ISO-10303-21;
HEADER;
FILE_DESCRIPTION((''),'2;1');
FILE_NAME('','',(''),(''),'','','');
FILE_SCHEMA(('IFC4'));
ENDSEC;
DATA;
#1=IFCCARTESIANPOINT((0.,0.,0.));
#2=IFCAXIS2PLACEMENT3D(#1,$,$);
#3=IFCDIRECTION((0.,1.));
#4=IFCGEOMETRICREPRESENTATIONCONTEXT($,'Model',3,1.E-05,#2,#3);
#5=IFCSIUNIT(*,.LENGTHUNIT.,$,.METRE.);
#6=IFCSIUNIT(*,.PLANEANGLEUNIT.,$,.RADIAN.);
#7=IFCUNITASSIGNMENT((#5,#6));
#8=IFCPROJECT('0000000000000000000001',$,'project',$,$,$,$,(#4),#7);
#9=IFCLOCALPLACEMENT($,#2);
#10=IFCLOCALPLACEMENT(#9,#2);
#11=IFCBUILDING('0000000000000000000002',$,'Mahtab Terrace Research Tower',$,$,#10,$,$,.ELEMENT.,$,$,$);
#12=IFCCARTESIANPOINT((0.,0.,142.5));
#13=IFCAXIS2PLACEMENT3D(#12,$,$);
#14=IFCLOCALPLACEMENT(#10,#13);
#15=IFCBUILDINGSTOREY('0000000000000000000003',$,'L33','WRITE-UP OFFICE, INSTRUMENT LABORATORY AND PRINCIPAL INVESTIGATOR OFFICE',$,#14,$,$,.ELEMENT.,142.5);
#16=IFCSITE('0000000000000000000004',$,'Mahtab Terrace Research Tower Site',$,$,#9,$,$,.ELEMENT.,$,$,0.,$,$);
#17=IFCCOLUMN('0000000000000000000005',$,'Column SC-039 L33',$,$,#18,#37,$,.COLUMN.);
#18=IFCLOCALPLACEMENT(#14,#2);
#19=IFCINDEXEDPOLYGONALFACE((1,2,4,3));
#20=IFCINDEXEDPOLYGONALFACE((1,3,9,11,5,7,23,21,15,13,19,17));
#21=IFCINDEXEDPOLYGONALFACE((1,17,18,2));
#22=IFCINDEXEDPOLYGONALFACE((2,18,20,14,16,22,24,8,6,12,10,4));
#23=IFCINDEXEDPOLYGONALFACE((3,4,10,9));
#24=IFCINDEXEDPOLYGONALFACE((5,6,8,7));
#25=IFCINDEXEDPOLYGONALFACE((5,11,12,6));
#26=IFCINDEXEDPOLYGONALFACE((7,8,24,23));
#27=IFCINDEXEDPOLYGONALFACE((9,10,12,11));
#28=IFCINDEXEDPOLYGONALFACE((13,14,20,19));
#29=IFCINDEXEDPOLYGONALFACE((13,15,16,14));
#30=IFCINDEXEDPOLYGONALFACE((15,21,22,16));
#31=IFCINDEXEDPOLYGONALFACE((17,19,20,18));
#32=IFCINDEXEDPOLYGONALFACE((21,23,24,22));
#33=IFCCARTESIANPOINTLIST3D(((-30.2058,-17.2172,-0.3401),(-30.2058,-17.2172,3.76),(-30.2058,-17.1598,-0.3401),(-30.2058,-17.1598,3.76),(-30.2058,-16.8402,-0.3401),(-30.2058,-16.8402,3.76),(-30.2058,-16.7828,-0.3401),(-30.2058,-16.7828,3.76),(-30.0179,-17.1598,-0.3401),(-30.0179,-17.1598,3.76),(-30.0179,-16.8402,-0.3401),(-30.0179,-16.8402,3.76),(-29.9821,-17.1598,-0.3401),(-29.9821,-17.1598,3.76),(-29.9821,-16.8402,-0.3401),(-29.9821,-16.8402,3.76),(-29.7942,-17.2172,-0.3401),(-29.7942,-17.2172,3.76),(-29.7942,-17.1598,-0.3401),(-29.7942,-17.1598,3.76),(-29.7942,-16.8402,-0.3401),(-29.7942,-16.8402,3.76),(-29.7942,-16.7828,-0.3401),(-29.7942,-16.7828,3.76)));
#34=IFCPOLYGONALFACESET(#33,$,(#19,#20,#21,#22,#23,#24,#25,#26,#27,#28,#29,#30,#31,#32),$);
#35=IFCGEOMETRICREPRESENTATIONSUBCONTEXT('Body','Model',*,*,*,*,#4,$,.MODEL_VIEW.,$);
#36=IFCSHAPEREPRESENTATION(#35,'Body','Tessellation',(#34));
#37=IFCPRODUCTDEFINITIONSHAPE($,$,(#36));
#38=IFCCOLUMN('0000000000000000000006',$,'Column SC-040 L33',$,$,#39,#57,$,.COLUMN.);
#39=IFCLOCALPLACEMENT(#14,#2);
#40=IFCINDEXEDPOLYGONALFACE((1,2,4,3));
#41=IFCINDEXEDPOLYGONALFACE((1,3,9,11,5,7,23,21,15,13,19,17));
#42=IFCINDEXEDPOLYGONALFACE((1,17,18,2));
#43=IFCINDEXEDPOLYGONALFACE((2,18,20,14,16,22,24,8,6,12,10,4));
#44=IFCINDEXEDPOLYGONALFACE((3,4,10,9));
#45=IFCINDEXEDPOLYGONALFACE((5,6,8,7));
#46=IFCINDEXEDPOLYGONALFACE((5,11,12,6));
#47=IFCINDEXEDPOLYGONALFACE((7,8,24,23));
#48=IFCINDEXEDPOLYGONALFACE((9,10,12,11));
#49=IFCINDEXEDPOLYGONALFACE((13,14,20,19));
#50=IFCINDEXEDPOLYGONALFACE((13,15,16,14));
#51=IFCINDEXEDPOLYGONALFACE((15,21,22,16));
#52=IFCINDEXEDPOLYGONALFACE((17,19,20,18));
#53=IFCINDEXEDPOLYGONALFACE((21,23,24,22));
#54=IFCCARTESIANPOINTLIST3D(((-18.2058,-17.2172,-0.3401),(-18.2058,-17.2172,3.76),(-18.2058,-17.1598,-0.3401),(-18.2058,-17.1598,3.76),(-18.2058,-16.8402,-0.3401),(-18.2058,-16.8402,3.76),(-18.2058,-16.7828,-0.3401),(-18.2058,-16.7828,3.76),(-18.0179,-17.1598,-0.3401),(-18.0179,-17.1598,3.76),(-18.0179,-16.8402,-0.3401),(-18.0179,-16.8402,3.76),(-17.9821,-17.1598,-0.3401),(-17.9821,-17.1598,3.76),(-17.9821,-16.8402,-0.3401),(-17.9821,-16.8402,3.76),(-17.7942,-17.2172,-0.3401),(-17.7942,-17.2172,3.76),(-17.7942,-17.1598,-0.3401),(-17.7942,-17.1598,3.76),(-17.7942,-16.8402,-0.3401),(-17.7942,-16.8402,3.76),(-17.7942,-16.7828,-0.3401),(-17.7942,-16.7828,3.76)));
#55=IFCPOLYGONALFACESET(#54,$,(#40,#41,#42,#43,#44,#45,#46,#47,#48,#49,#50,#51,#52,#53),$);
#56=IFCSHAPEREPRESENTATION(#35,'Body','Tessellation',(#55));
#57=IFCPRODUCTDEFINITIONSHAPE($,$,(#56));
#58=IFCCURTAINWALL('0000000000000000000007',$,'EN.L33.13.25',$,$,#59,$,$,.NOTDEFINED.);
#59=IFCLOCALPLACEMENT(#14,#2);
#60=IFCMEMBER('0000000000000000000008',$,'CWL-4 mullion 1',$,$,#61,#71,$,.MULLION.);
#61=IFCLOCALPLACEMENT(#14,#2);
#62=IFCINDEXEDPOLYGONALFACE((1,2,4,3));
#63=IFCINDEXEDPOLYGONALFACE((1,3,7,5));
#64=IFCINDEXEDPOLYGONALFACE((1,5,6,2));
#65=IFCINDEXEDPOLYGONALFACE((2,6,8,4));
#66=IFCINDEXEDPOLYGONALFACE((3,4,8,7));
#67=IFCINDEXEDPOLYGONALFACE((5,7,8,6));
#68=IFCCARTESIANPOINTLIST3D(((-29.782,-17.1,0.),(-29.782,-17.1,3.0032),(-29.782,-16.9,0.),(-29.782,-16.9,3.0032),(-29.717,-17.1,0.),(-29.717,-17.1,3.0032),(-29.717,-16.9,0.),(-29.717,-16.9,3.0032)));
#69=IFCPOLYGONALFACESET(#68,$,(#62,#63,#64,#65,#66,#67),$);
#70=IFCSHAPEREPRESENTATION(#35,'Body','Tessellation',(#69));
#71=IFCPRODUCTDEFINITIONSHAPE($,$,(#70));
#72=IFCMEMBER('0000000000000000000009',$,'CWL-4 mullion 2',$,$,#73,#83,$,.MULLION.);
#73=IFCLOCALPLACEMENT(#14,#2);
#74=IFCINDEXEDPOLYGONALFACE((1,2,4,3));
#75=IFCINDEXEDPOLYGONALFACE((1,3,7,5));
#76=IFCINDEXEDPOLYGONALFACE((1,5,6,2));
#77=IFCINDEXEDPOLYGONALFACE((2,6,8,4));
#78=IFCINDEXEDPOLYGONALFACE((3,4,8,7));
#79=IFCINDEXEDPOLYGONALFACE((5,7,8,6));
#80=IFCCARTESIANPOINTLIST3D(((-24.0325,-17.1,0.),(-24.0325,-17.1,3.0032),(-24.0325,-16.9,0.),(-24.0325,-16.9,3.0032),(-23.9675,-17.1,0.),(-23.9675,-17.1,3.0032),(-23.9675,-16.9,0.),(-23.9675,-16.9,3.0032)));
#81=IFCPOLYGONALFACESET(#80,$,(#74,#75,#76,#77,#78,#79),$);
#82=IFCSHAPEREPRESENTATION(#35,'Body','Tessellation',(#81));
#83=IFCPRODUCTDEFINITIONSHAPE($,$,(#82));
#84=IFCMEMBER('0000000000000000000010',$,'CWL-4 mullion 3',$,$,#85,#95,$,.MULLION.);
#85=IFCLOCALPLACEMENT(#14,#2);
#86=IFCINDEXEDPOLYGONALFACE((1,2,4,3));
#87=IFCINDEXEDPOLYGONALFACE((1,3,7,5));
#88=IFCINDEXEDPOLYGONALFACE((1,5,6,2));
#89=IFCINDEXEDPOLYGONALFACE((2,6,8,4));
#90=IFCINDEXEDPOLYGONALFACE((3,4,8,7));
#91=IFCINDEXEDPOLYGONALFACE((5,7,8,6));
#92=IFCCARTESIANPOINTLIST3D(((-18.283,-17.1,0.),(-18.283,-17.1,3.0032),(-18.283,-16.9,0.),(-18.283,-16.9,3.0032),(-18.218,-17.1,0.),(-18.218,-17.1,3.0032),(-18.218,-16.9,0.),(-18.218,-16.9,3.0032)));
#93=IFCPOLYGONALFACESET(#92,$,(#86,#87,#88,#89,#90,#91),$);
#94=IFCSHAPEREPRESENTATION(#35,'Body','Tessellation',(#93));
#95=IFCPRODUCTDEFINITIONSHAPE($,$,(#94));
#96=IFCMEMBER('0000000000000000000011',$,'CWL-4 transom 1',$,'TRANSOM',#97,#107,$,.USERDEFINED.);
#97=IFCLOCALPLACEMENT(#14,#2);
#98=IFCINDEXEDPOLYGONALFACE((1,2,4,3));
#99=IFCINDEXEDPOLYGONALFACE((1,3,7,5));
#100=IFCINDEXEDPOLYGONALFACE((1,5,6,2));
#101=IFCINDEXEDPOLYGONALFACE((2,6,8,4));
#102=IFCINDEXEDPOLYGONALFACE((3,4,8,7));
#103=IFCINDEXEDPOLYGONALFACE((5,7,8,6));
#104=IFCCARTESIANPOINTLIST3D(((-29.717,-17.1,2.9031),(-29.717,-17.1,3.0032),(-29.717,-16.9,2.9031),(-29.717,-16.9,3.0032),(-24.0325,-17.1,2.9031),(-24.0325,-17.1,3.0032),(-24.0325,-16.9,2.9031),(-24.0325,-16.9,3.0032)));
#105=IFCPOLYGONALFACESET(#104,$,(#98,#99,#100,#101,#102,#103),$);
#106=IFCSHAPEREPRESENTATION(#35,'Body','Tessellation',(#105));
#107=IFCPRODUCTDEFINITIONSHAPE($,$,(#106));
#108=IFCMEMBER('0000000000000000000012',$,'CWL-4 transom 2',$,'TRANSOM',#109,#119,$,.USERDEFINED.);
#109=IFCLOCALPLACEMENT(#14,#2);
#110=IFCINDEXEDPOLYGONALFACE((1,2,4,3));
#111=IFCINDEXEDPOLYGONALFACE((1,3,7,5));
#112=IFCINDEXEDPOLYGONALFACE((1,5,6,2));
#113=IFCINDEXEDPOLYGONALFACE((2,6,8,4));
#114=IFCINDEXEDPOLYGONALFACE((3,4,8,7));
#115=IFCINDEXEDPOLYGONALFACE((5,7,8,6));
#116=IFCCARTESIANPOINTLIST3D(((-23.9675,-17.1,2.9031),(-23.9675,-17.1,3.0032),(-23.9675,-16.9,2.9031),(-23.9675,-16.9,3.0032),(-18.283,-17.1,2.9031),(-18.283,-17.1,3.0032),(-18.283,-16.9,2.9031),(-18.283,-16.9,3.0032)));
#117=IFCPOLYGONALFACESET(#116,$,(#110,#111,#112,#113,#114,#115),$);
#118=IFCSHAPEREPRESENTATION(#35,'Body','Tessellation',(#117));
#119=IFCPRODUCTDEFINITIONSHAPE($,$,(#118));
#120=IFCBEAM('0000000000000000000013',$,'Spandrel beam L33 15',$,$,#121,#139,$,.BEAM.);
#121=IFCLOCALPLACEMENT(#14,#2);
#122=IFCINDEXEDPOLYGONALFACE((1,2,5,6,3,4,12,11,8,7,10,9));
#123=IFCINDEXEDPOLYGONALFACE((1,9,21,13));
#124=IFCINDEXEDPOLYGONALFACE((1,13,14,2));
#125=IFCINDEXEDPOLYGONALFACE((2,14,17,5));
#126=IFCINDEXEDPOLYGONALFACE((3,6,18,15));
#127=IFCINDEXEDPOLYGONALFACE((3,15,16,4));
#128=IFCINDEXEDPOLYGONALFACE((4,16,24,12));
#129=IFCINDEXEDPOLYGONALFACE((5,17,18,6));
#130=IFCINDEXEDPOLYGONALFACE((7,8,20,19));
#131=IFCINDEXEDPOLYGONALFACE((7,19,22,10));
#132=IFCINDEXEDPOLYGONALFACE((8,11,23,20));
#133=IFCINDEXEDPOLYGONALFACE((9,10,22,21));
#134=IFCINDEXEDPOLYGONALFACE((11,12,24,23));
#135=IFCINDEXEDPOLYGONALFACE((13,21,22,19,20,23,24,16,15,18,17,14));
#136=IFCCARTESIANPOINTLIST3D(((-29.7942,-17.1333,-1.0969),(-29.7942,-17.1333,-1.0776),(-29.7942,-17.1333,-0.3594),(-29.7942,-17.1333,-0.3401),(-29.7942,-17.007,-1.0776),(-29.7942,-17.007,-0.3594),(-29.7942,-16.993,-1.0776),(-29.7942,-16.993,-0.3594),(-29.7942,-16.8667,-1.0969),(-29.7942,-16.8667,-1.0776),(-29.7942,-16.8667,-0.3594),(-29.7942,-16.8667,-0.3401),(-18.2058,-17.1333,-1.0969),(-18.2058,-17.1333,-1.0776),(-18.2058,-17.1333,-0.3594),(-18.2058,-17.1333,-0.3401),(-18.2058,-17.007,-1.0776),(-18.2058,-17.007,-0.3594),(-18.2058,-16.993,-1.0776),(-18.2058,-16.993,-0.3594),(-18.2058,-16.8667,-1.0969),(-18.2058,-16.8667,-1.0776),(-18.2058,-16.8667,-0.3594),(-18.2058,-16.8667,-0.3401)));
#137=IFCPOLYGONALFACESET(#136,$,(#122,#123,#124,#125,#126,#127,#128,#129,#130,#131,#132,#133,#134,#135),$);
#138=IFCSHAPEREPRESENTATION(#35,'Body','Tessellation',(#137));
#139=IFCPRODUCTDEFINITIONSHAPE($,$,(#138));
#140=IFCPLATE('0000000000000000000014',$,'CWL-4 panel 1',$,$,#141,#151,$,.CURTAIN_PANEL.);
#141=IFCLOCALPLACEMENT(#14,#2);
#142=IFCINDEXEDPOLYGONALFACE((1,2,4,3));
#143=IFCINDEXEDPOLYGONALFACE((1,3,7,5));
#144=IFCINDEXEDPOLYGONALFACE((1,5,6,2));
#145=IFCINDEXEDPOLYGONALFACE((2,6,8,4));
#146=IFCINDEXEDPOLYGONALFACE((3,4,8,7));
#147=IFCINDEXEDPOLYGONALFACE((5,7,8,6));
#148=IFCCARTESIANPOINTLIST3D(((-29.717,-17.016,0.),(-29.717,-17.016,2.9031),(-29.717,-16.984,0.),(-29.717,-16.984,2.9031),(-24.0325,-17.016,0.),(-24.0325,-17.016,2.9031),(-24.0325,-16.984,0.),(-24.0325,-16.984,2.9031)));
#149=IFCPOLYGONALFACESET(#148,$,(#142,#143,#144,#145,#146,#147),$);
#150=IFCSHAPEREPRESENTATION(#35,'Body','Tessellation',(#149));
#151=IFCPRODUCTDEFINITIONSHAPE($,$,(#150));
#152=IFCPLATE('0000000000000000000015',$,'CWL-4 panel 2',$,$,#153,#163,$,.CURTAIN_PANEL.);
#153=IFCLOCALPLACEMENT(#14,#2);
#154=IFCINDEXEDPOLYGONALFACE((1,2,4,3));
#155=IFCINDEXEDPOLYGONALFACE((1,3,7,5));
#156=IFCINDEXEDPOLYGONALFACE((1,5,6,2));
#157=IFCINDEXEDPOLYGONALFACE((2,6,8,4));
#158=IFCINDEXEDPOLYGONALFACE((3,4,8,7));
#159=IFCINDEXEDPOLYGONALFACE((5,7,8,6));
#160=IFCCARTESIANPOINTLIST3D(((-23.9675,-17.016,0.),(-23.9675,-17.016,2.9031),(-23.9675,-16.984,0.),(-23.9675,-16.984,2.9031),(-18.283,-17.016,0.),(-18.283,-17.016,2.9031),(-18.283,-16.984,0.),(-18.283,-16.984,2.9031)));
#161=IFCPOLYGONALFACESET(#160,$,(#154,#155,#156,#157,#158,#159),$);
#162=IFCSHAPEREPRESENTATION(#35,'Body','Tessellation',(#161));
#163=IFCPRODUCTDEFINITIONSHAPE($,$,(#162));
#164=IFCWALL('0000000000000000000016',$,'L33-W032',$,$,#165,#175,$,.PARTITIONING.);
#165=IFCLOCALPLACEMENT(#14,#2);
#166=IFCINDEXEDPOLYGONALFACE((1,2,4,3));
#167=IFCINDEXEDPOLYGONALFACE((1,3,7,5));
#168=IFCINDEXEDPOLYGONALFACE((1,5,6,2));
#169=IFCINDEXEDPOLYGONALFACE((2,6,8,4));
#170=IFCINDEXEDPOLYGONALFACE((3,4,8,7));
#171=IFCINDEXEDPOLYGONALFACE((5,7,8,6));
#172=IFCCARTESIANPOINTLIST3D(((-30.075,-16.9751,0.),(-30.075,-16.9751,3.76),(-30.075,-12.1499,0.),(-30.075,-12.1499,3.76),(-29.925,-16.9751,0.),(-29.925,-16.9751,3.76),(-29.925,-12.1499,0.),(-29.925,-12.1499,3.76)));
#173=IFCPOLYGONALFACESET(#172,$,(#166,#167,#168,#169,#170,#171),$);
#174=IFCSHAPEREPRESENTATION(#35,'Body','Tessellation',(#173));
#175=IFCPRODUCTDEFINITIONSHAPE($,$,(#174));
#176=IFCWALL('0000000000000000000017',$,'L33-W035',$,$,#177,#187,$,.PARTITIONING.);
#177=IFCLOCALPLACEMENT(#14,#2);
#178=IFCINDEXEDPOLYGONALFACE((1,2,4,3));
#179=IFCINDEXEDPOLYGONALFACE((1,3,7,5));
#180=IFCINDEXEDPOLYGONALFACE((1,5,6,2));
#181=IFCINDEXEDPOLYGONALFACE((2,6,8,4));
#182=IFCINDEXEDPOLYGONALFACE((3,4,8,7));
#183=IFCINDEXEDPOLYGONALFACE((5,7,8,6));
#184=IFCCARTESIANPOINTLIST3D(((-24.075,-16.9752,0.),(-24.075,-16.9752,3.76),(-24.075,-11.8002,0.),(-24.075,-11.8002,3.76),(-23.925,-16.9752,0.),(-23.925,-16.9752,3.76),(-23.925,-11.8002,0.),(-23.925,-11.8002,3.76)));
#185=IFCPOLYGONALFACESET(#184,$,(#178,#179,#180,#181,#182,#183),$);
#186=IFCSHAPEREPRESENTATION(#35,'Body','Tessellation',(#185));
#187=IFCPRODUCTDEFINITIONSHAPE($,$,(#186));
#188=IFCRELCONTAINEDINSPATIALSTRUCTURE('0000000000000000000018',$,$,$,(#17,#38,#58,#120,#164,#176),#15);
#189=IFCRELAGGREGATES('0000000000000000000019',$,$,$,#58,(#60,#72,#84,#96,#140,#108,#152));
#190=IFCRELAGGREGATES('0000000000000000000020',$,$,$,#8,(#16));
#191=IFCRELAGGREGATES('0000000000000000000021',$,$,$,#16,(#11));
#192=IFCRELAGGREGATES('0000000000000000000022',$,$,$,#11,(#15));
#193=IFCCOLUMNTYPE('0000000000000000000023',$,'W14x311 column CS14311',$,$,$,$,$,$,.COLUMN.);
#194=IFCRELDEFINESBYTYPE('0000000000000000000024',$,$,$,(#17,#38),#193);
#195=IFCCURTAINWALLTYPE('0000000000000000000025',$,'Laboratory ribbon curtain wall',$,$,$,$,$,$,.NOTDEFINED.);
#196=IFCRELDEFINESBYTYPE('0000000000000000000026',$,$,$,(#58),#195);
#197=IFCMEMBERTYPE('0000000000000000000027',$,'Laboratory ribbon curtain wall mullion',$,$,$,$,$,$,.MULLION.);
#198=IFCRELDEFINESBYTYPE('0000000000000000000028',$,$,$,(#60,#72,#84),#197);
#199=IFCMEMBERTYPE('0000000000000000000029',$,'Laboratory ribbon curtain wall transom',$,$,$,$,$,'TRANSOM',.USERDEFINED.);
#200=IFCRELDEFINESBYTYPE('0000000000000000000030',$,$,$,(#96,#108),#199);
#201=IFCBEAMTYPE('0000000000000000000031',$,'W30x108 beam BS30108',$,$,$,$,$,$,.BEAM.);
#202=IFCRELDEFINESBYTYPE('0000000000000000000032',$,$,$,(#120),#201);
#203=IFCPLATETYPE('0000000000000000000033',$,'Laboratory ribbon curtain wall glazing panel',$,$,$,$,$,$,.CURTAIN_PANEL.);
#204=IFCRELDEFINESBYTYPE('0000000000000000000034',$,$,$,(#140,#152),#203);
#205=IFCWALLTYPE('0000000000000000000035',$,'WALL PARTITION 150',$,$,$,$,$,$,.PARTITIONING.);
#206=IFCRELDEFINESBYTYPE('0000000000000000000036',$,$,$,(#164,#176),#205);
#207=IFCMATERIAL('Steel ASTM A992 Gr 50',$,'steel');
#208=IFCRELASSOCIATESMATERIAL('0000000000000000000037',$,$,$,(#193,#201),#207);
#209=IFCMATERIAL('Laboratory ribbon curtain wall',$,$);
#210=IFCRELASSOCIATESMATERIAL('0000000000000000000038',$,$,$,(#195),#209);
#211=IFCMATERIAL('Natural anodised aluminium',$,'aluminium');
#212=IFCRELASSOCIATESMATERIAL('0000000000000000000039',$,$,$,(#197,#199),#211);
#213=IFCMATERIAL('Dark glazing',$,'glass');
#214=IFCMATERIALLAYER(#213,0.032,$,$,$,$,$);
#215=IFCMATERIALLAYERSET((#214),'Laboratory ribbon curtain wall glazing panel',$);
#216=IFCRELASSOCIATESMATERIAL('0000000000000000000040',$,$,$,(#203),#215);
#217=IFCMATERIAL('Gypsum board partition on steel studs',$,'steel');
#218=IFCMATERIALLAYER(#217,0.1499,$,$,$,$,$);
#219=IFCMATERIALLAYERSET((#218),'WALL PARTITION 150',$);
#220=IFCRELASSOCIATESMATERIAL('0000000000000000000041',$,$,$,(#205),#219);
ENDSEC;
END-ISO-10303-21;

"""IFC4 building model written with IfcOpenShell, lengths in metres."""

from ifc_helpers import new_model, si_unit, direction, frame, frame_2d, origin, origin_2d, place, context, subcontext, project, spatial, rectangle, i_section, extrude, material, layer, layer_set, material_profile, profile_set, type_object, element, aggregate, save


model = new_model("IFC4")

# Units and contexts
model_context = context("Model", 3, precision=1e-05, world=origin(), true_north=direction((0.0, 1.0)))
body_context = subcontext(model_context, "Body", "Model", "MODEL_VIEW")
ifc_project = project(units=[si_unit("LENGTHUNIT", "METRE"), si_unit("PLANEANGLEUNIT", "RADIAN")], contexts=[model_context])

# Site, building, storey
site_placement = place(None, origin())
site = spatial("IfcSite", under=ifc_project, at=site_placement, Name="Mahtab Terrace Research Tower Site", CompositionType="ELEMENT", RefElevation=0.0)
building_placement = place(site_placement, origin())
building = spatial("IfcBuilding", under=site, at=building_placement, Name="Mahtab Terrace Research Tower", CompositionType="ELEMENT")
storey_placement = place(building_placement, frame((0.0, 0.0, 142.5)))
storey = spatial("IfcBuildingStorey", under=building, at=storey_placement, Name="L33", Description="WRITE-UP OFFICE, INSTRUMENT LABORATORY AND PRINCIPAL INVESTIGATOR OFFICE", CompositionType="ELEMENT", Elevation=142.5)

# Columns
ifc_material_1 = material(Name="Steel ASTM A992 Gr 50", Category="steel")
ifc_material_profile_1 = material_profile(ifc_material_1, i_section(OverallWidth=0.4116, OverallDepth=0.4343, WebThickness=0.0359, FlangeThickness=0.0574, at=origin_2d()), Name="W14X311")
ifc_profile_set_1 = profile_set([ifc_material_profile_1], Name="Steel ASTM A992 Gr 50")
column_type = type_object("IfcColumnType", Name="W14x311 column CS14311", PredefinedType="COLUMN", material=ifc_profile_set_1)
for number, where, z_axis, x_axis, name in (
    (1, (-30.0, -17.0, -0.3401), (0.0, 0.0, 1.0), (1.0, 0.0, 0.0), "Column SC-039 L33"),
    (2, (-18.0, -17.0, -0.3401), (0.0, 0.0, 1.0), (1.0, 0.0, 0.0), "Column SC-040 L33"),
):
    element("IfcColumn", number, at=place(storey_placement, frame(where, z_axis=z_axis, x_axis=x_axis)), inside=storey, type_object=column_type, Name=name, PredefinedType="COLUMN", context=body_context, shape_type="SweptSolid", body=[
        extrude(i_section(OverallWidth=0.4116, OverallDepth=0.4343, WebThickness=0.0359, FlangeThickness=0.0574, at=origin_2d()), origin(), (0.0, 0.0, 1.0), 4.1001),
    ])

# Curtain wall, members
ifc_material_2 = material(Name="Laboratory ribbon curtain wall")
curtain_wall_type = type_object("IfcCurtainWallType", Name="Laboratory ribbon curtain wall", PredefinedType="NOTDEFINED", material=ifc_material_2)
curtain_wall_placement = place(storey_placement, origin())
curtain_wall = element("IfcCurtainWall", 3, at=curtain_wall_placement, inside=storey, type_object=curtain_wall_type, Name="EN.L33.13.25", PredefinedType="NOTDEFINED")
ifc_material_3 = material(Name="Natural anodised aluminium", Category="aluminium")
ifc_material_profile_2 = material_profile(ifc_material_3, rectangle(XDim=0.2, YDim=0.0649, at=origin_2d()), Name="MULLION 65x200")
ifc_profile_set_2 = profile_set([ifc_material_profile_2], Name="Natural anodised aluminium")
member_type_1 = type_object("IfcMemberType", Name="Laboratory ribbon curtain wall mullion", PredefinedType="MULLION", material=ifc_profile_set_2)
member_1_placement = place(storey_placement, frame((-29.7495, -17.0, 0.0), z_axis=(0.0, 0.0, 1.0), x_axis=(0.0, 1.0, 0.0)))
member_1 = element("IfcMember", 4, at=member_1_placement, type_object=member_type_1, Name="CWL-4 mullion 1", PredefinedType="MULLION", context=body_context, shape_type="SweptSolid", body=[
    extrude(rectangle(XDim=0.2, YDim=0.0649, at=origin_2d()), origin(), (0.0, 0.0, 1.0), 3.0032),
])
member_2_placement = place(storey_placement, frame((-24.0, -17.0, 0.0), z_axis=(0.0, 0.0, 1.0), x_axis=(0.0, 1.0, 0.0)))
member_2 = element("IfcMember", 5, at=member_2_placement, type_object=member_type_1, Name="CWL-4 mullion 2", PredefinedType="MULLION", context=body_context, shape_type="SweptSolid", body=[
    extrude(rectangle(XDim=0.2, YDim=0.0649, at=origin_2d()), origin(), (0.0, 0.0, 1.0), 3.0032),
])
member_3_placement = place(storey_placement, frame((-18.2505, -17.0, 0.0), z_axis=(0.0, 0.0, 1.0), x_axis=(0.0, 1.0, 0.0)))
member_3 = element("IfcMember", 6, at=member_3_placement, type_object=member_type_1, Name="CWL-4 mullion 3", PredefinedType="MULLION", context=body_context, shape_type="SweptSolid", body=[
    extrude(rectangle(XDim=0.2, YDim=0.0649, at=origin_2d()), origin(), (0.0, 0.0, 1.0), 3.0032),
])
ifc_material_profile_3 = material_profile(ifc_material_3, rectangle(XDim=0.2, YDim=0.1001, at=origin_2d()), Name="TRANSOM 100x200")
ifc_profile_set_3 = profile_set([ifc_material_profile_3], Name="Natural anodised aluminium")
member_type_2 = type_object("IfcMemberType", Name="Laboratory ribbon curtain wall transom", ElementType="TRANSOM", PredefinedType="USERDEFINED", material=ifc_profile_set_3)
member_4_placement = place(storey_placement, frame((-29.717, -17.0, 2.9531), z_axis=(1.0, 0.0, 0.0), x_axis=(0.0, 1.0, 0.0)))
member_4 = element("IfcMember", 7, at=member_4_placement, type_object=member_type_2, Name="CWL-4 transom 1", ObjectType="TRANSOM", PredefinedType="USERDEFINED", context=body_context, shape_type="SweptSolid", body=[
    extrude(rectangle(XDim=0.2, YDim=0.1001, at=origin_2d()), origin(), (0.0, 0.0, 1.0), 5.6846),
])
member_5_placement = place(storey_placement, frame((-23.9675, -17.0, 2.9531), z_axis=(1.0, 0.0, 0.0), x_axis=(0.0, 1.0, 0.0)))
member_5 = element("IfcMember", 8, at=member_5_placement, type_object=member_type_2, Name="CWL-4 transom 2", ObjectType="TRANSOM", PredefinedType="USERDEFINED", context=body_context, shape_type="SweptSolid", body=[
    extrude(rectangle(XDim=0.2, YDim=0.1001, at=origin_2d()), origin(), (0.0, 0.0, 1.0), 5.6846),
])

# Beam
ifc_material_profile_4 = material_profile(ifc_material_1, i_section(OverallWidth=0.2666, OverallDepth=0.7568, WebThickness=0.0139, FlangeThickness=0.0193, at=origin_2d()), Name="W30X108")
ifc_profile_set_4 = profile_set([ifc_material_profile_4], Name="Steel ASTM A992 Gr 50")
beam_type = type_object("IfcBeamType", Name="W30x108 beam BS30108", PredefinedType="BEAM", material=ifc_profile_set_4)
beam_placement = place(storey_placement, frame((-29.7942, -17.0, -0.7185), z_axis=(1.0, 0.0, 0.0), x_axis=(0.0, 1.0, 0.0)))
element("IfcBeam", 9, at=beam_placement, inside=storey, type_object=beam_type, Name="Spandrel beam L33 15", PredefinedType="BEAM", context=body_context, shape_type="SweptSolid", body=[
    extrude(i_section(OverallWidth=0.2666, OverallDepth=0.7568, WebThickness=0.0139, FlangeThickness=0.0193, at=origin_2d()), origin(), (0.0, 0.0, 1.0), 11.5884),
])

# Plates
ifc_material_4 = material(Name="Dark glazing", Category="glass")
ifc_layer_1 = layer(ifc_material_4, 0.032)
ifc_layer_set_1 = layer_set([ifc_layer_1], Name="Laboratory ribbon curtain wall glazing panel")
plate_type = type_object("IfcPlateType", Name="Laboratory ribbon curtain wall glazing panel", PredefinedType="CURTAIN_PANEL", material=ifc_layer_set_1)
plate_1_placement = place(storey_placement, frame((-26.8748, -17.0, 0.0), z_axis=(0.0, 0.0, 1.0), x_axis=(1.0, 0.0, 0.0)))
plate_1 = element("IfcPlate", 10, at=plate_1_placement, type_object=plate_type, Name="CWL-4 panel 1", PredefinedType="CURTAIN_PANEL", context=body_context, shape_type="SweptSolid", body=[
    extrude(rectangle(XDim=5.6846, YDim=0.032, at=origin_2d()), origin(), (0.0, 0.0, 1.0), 2.9031),
])
plate_2_placement = place(storey_placement, frame((-21.1252, -17.0, 0.0), z_axis=(0.0, 0.0, 1.0), x_axis=(1.0, 0.0, 0.0)))
plate_2 = element("IfcPlate", 11, at=plate_2_placement, type_object=plate_type, Name="CWL-4 panel 2", PredefinedType="CURTAIN_PANEL", context=body_context, shape_type="SweptSolid", body=[
    extrude(rectangle(XDim=5.6846, YDim=0.032, at=origin_2d()), origin(), (0.0, 0.0, 1.0), 2.9031),
])
aggregate(curtain_wall, [member_1, member_2, member_3, member_4, plate_1, member_5, plate_2])

# Walls
ifc_material_5 = material(Name="Gypsum board partition on steel studs", Category="steel")
ifc_layer_2 = layer(ifc_material_5, 0.1499)
ifc_layer_set_2 = layer_set([ifc_layer_2], Name="WALL PARTITION 150")
wall_type = type_object("IfcWallType", Name="WALL PARTITION 150", PredefinedType="PARTITIONING", material=ifc_layer_set_2)
wall_placement = place(storey_placement, frame((-30.0, -16.9751, 0.0), z_axis=(0.0, 0.0, 1.0), x_axis=(0.0, 1.0, 0.0)))
element("IfcWall", 12, at=wall_placement, inside=storey, type_object=wall_type, Name="L33-W032", PredefinedType="PARTITIONING", context=body_context, shape_type="SweptSolid", body=[
    extrude(rectangle(XDim=4.8252, YDim=0.1499, at=frame_2d((2.4126, 0.0))), origin(), (0.0, 0.0, 1.0), 3.76),
])
for number, where, z_axis, x_axis, name in (
    (13, (-24.0, -16.9751, 0.0), (0.0, 0.0, 1.0), (0.0, 1.0, 0.0), "L33-W035"),
):
    element("IfcWall", number, at=place(storey_placement, frame(where, z_axis=z_axis, x_axis=x_axis)), inside=storey, type_object=wall_type, Name=name, PredefinedType="PARTITIONING", context=body_context, shape_type="SweptSolid", body=[
        extrude(rectangle(XDim=5.175, YDim=0.1499, at=frame_2d((2.5874, 0.0))), origin(), (0.0, 0.0, 1.0), 3.76),
    ])

save(model, "model.ifc")
